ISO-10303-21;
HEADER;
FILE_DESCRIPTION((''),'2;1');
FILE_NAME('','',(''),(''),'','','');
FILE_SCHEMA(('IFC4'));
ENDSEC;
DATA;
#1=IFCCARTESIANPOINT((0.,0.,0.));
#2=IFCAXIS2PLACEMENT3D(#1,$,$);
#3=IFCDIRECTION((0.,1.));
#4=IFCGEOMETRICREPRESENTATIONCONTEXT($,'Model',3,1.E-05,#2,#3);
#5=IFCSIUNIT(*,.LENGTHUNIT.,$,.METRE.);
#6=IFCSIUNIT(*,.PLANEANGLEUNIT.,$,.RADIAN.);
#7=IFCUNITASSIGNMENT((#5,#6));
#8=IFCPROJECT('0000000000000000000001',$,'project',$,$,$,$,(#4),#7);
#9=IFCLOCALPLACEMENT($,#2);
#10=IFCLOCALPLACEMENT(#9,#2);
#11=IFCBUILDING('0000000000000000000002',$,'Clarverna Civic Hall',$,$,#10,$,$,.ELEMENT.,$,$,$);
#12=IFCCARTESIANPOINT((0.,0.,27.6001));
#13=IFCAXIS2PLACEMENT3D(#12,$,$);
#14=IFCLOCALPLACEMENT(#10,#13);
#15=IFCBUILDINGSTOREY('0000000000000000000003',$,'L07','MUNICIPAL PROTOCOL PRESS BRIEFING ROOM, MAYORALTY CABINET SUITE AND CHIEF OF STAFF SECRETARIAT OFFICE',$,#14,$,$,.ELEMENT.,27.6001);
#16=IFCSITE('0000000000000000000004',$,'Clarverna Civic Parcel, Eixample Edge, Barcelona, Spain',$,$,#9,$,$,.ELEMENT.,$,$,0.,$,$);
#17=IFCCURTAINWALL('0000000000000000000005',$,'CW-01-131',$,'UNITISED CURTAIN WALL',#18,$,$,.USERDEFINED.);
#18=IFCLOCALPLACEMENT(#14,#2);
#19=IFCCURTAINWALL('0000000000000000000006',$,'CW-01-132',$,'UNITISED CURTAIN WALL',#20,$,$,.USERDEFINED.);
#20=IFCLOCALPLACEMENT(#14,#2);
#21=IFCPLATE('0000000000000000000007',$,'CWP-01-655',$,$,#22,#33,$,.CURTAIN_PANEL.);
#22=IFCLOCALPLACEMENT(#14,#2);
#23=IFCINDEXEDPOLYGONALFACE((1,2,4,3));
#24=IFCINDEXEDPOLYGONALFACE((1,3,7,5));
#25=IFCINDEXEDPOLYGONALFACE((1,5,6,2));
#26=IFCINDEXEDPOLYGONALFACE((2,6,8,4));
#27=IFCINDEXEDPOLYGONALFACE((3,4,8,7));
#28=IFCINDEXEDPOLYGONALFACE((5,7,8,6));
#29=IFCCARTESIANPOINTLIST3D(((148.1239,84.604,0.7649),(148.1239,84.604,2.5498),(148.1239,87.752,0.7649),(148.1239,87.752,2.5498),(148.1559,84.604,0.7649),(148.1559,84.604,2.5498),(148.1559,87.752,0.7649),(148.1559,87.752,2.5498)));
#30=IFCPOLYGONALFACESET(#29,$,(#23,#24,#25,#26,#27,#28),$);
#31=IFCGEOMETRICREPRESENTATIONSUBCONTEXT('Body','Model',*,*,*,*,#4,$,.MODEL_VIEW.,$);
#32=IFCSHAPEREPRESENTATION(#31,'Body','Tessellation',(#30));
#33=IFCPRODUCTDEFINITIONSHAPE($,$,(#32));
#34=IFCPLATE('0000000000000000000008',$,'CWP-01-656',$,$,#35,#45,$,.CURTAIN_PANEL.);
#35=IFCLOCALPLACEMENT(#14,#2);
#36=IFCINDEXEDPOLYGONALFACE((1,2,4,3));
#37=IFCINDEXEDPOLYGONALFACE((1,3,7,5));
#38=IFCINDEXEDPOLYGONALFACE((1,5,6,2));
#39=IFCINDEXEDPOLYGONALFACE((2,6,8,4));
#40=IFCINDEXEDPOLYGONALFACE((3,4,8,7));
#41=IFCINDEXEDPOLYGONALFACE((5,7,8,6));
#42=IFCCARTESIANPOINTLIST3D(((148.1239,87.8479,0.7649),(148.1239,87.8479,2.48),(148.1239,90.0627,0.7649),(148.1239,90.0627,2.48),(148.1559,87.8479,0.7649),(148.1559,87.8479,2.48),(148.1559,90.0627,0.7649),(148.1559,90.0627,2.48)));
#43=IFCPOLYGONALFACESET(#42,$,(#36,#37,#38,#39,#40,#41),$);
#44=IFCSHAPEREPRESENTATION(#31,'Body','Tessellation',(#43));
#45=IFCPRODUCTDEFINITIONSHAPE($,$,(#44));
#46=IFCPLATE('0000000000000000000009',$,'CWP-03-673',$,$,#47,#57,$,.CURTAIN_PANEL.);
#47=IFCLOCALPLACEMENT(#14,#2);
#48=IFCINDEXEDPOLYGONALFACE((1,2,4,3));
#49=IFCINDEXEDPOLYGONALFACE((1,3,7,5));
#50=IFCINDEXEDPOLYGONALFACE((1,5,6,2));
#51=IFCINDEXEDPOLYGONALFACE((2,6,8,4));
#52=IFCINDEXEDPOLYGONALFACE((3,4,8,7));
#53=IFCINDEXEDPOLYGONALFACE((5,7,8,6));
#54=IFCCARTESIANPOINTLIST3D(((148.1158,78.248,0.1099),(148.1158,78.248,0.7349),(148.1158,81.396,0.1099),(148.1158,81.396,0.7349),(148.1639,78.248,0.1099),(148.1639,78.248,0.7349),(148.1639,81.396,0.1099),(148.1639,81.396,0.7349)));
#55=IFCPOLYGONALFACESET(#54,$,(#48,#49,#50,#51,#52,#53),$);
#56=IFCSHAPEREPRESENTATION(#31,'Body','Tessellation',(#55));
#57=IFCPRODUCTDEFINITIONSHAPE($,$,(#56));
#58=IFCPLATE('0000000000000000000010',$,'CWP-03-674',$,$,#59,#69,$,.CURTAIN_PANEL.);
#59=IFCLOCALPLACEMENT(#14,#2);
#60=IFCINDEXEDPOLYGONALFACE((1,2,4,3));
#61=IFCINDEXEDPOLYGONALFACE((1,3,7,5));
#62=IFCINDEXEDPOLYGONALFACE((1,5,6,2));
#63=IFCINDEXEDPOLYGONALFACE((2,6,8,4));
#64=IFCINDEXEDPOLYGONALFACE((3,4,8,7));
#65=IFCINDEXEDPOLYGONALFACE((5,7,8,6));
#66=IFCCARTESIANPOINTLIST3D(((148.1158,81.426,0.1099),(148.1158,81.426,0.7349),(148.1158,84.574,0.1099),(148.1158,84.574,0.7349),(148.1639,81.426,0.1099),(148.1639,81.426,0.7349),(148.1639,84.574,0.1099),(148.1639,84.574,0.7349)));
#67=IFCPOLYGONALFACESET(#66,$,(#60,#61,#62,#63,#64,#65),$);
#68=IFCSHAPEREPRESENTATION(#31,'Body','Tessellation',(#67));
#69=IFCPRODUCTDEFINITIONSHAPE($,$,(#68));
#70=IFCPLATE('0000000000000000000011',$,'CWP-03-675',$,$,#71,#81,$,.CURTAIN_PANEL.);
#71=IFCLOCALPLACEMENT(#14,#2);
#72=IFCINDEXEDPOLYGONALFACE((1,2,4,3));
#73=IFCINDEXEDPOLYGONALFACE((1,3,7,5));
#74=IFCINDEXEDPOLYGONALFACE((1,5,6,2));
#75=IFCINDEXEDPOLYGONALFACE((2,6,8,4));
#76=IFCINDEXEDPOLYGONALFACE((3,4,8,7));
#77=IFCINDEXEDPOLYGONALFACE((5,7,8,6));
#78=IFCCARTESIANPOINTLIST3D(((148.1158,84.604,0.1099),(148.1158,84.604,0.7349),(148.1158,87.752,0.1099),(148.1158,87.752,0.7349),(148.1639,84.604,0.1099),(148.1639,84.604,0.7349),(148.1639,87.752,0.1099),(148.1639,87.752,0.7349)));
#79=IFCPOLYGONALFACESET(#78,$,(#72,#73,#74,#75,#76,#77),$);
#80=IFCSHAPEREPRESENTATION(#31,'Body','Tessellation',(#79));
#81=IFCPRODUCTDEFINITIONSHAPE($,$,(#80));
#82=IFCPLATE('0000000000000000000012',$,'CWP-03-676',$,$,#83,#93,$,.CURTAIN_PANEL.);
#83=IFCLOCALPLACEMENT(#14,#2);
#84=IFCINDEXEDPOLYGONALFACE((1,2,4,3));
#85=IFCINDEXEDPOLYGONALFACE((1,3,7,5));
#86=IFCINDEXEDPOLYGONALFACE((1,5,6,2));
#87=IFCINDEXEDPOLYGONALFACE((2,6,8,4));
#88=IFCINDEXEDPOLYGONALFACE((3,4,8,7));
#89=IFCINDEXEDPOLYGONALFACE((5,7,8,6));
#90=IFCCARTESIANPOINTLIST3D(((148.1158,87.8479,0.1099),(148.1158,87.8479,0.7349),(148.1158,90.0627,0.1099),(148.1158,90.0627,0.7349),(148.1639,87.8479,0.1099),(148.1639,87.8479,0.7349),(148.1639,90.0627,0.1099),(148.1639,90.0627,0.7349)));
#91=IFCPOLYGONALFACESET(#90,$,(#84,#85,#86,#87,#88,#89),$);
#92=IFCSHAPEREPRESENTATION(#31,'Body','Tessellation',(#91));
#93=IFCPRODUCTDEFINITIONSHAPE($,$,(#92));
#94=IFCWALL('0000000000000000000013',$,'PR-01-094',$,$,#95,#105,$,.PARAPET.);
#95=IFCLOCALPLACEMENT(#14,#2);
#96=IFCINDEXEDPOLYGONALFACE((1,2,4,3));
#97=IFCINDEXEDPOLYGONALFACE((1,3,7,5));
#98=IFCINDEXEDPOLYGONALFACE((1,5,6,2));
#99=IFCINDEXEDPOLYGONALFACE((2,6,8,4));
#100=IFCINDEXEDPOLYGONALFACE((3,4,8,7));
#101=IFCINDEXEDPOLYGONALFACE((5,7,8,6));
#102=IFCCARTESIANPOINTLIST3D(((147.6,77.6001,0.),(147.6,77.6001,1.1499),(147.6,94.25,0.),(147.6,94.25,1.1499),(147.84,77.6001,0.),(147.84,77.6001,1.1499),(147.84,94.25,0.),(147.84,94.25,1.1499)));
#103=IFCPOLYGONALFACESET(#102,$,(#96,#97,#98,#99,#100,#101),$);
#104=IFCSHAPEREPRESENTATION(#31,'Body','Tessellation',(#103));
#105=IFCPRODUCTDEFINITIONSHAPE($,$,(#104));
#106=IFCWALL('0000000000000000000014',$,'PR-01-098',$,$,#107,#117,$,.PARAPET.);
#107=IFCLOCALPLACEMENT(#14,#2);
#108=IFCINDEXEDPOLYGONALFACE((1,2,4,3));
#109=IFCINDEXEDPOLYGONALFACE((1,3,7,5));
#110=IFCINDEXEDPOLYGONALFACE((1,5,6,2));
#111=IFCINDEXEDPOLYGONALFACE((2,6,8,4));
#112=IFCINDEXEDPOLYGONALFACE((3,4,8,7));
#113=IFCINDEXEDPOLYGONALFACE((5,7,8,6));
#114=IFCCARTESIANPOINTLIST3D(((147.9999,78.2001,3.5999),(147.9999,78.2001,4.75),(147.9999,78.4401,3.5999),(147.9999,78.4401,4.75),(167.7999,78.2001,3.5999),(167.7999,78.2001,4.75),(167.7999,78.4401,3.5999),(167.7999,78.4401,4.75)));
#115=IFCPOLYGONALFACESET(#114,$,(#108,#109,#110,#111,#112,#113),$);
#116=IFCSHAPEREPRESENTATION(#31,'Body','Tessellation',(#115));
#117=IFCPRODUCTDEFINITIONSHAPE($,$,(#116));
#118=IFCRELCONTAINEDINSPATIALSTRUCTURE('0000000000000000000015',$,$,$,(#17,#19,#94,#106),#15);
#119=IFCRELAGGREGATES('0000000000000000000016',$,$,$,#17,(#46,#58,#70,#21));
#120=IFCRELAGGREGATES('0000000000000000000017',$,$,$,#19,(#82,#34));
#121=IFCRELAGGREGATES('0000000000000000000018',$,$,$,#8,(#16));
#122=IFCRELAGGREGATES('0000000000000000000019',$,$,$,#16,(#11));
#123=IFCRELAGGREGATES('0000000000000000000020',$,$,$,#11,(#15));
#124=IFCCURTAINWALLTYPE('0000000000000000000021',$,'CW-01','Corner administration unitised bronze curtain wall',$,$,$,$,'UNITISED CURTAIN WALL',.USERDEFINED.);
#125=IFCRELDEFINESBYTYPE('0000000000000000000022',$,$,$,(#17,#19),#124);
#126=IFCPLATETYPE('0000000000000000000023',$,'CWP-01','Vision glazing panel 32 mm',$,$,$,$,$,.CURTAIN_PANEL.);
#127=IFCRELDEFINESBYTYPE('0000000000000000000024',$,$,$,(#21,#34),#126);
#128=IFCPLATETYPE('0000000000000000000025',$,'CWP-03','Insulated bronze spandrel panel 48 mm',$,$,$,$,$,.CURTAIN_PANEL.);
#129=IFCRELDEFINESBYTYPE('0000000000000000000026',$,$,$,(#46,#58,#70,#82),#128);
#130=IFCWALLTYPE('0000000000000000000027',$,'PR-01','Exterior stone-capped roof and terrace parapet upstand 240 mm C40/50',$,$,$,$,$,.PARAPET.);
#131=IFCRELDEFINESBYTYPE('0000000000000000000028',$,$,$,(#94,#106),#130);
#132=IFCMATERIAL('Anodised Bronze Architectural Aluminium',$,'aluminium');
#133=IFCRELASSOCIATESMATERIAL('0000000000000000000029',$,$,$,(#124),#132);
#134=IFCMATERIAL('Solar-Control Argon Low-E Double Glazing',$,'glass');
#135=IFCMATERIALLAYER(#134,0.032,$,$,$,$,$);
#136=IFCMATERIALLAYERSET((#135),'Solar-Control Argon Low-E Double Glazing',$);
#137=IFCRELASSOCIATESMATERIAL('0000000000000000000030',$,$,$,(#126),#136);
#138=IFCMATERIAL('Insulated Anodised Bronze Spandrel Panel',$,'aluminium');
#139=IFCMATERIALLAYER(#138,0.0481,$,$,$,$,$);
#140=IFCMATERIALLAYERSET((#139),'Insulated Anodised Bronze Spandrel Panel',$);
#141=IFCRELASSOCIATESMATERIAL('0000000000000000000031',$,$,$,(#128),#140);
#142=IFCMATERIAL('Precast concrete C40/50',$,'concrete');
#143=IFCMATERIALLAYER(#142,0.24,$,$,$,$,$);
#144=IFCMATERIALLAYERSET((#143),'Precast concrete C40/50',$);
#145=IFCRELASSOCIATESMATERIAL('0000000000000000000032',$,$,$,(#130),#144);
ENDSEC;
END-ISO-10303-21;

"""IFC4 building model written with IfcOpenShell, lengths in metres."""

from ifc_helpers import new_model, si_unit, direction, frame, frame_2d, origin, place, context, subcontext, project, spatial, rectangle, extrude, material, layer, layer_set, type_object, element, aggregate, save


model = new_model("IFC4")

# Units and contexts
model_context = context("Model", 3, precision=1e-05, world=origin(), true_north=direction((0.0, 1.0)))
body_context = subcontext(model_context, "Body", "Model", "MODEL_VIEW")
ifc_project = project(units=[si_unit("LENGTHUNIT", "METRE"), si_unit("PLANEANGLEUNIT", "RADIAN")], contexts=[model_context])

# Site, building, storey
site_placement = place(None, origin())
site = spatial("IfcSite", under=ifc_project, at=site_placement, Name="Clarverna Civic Parcel, Eixample Edge, Barcelona, Spain", CompositionType="ELEMENT", RefElevation=0.0)
building_placement = place(site_placement, origin())
building = spatial("IfcBuilding", under=site, at=building_placement, Name="Clarverna Civic Hall", CompositionType="ELEMENT")
storey_placement = place(building_placement, frame((0.0, 0.0, 27.6001)))
storey = spatial("IfcBuildingStorey", under=building, at=storey_placement, Name="L07", Description="MUNICIPAL PROTOCOL PRESS BRIEFING ROOM, MAYORALTY CABINET SUITE AND CHIEF OF STAFF SECRETARIAT OFFICE", CompositionType="ELEMENT", Elevation=27.6001)

# Curtain walls
ifc_material_1 = material(Name="Anodised Bronze Architectural Aluminium", Category="aluminium")
curtain_wall_type = type_object("IfcCurtainWallType", Name="CW-01", Description="Corner administration unitised bronze curtain wall", ElementType="UNITISED CURTAIN WALL", PredefinedType="USERDEFINED", material=ifc_material_1)
curtain_wall_1_placement = place(storey_placement, origin())
curtain_wall_1 = element("IfcCurtainWall", 1, at=curtain_wall_1_placement, inside=storey, type_object=curtain_wall_type, Name="CW-01-131", ObjectType="UNITISED CURTAIN WALL", PredefinedType="USERDEFINED")
curtain_wall_2_placement = place(storey_placement, origin())
curtain_wall_2 = element("IfcCurtainWall", 2, at=curtain_wall_2_placement, inside=storey, type_object=curtain_wall_type, Name="CW-01-132", ObjectType="UNITISED CURTAIN WALL", PredefinedType="USERDEFINED")

# Plates
ifc_material_2 = material(Name="Solar-Control Argon Low-E Double Glazing", Category="glass")
ifc_layer_1 = layer(ifc_material_2, 0.032)
ifc_layer_set_1 = layer_set([ifc_layer_1], Name="Solar-Control Argon Low-E Double Glazing")
plate_type_1 = type_object("IfcPlateType", Name="CWP-01", Description="Vision glazing panel 32 mm", PredefinedType="CURTAIN_PANEL", material=ifc_layer_set_1)
plate_1_placement = place(storey_placement, frame((148.1399, 84.604, 0.7649), z_axis=(0.0, 0.0, 1.0), x_axis=(0.0, 1.0, 0.0)))
plate_1 = element("IfcPlate", 3, at=plate_1_placement, type_object=plate_type_1, Name="CWP-01-655", PredefinedType="CURTAIN_PANEL", context=body_context, shape_type="SweptSolid", body=[
    extrude(rectangle(XDim=3.1479, YDim=0.032, at=frame_2d((1.574, 0.0))), origin(), (0.0, 0.0, 1.0), 1.7849),
])
plate_2_placement = place(storey_placement, frame((148.1399, 87.8479, 0.7649), z_axis=(0.0, 0.0, 1.0), x_axis=(0.0, 1.0, 0.0)))
plate_2 = element("IfcPlate", 4, at=plate_2_placement, type_object=plate_type_1, Name="CWP-01-656", PredefinedType="CURTAIN_PANEL", context=body_context, shape_type="SweptSolid", body=[
    extrude(rectangle(XDim=2.2148, YDim=0.032, at=frame_2d((1.1074, 0.0))), origin(), (0.0, 0.0, 1.0), 1.7151),
])
ifc_material_3 = material(Name="Insulated Anodised Bronze Spandrel Panel", Category="aluminium")
ifc_layer_2 = layer(ifc_material_3, 0.0481)
ifc_layer_set_2 = layer_set([ifc_layer_2], Name="Insulated Anodised Bronze Spandrel Panel")
plate_type_2 = type_object("IfcPlateType", Name="CWP-03", Description="Insulated bronze spandrel panel 48 mm", PredefinedType="CURTAIN_PANEL", material=ifc_layer_set_2)
plate_3_placement = place(storey_placement, frame((148.1399, 78.248, 0.1099), z_axis=(0.0, 0.0, 1.0), x_axis=(0.0, 1.0, 0.0)))
plate_3 = element("IfcPlate", 5, at=plate_3_placement, type_object=plate_type_2, Name="CWP-03-673", PredefinedType="CURTAIN_PANEL", context=body_context, shape_type="SweptSolid", body=[
    extrude(rectangle(XDim=3.1479, YDim=0.0481, at=frame_2d((1.574, 0.0))), origin(), (0.0, 0.0, 1.0), 0.625),
])
plate_4_placement = place(storey_placement, frame((148.1399, 81.426, 0.1099), z_axis=(0.0, 0.0, 1.0), x_axis=(0.0, 1.0, 0.0)))
plate_4 = element("IfcPlate", 6, at=plate_4_placement, type_object=plate_type_2, Name="CWP-03-674", PredefinedType="CURTAIN_PANEL", context=body_context, shape_type="SweptSolid", body=[
    extrude(rectangle(XDim=3.1479, YDim=0.0481, at=frame_2d((1.574, 0.0))), origin(), (0.0, 0.0, 1.0), 0.625),
])
plate_5_placement = place(storey_placement, frame((148.1399, 84.604, 0.1099), z_axis=(0.0, 0.0, 1.0), x_axis=(0.0, 1.0, 0.0)))
plate_5 = element("IfcPlate", 7, at=plate_5_placement, type_object=plate_type_2, Name="CWP-03-675", PredefinedType="CURTAIN_PANEL", context=body_context, shape_type="SweptSolid", body=[
    extrude(rectangle(XDim=3.1479, YDim=0.0481, at=frame_2d((1.574, 0.0))), origin(), (0.0, 0.0, 1.0), 0.625),
])
aggregate(curtain_wall_1, [plate_3, plate_4, plate_5, plate_1])
plate_6_placement = place(storey_placement, frame((148.1399, 87.8479, 0.1099), z_axis=(0.0, 0.0, 1.0), x_axis=(0.0, 1.0, 0.0)))
plate_6 = element("IfcPlate", 8, at=plate_6_placement, type_object=plate_type_2, Name="CWP-03-676", PredefinedType="CURTAIN_PANEL", context=body_context, shape_type="SweptSolid", body=[
    extrude(rectangle(XDim=2.2148, YDim=0.0481, at=frame_2d((1.1074, 0.0))), origin(), (0.0, 0.0, 1.0), 0.625),
])
aggregate(curtain_wall_2, [plate_6, plate_2])

# Walls
ifc_material_4 = material(Name="Precast concrete C40/50", Category="concrete")
ifc_layer_3 = layer(ifc_material_4, 0.24)
ifc_layer_set_3 = layer_set([ifc_layer_3], Name="Precast concrete C40/50")
wall_type = type_object("IfcWallType", Name="PR-01", Description="Exterior stone-capped roof and terrace parapet upstand 240 mm C40/50", PredefinedType="PARAPET", material=ifc_layer_set_3)
wall_1_placement = place(storey_placement, frame((147.72, 77.6001, 0.0), z_axis=(0.0, 0.0, 1.0), x_axis=(0.0, 1.0, 0.0)))
element("IfcWall", 9, at=wall_1_placement, inside=storey, type_object=wall_type, Name="PR-01-094", PredefinedType="PARAPET", context=body_context, shape_type="SweptSolid", body=[
    extrude(rectangle(XDim=16.6499, YDim=0.24, at=frame_2d((8.325, 0.0))), origin(), (0.0, 0.0, 1.0), 1.1499),
])
wall_2_placement = place(storey_placement, frame((148.0, 78.3201, 3.5999), z_axis=(0.0, 0.0, 1.0), x_axis=(1.0, 0.0, 0.0)))
element("IfcWall", 10, at=wall_2_placement, inside=storey, type_object=wall_type, Name="PR-01-098", PredefinedType="PARAPET", context=body_context, shape_type="SweptSolid", body=[
    extrude(rectangle(XDim=19.8, YDim=0.24, at=frame_2d((9.8999, 0.0))), origin(), (0.0, 0.0, 1.0), 1.1501),
])

save(model, "model.ifc")
